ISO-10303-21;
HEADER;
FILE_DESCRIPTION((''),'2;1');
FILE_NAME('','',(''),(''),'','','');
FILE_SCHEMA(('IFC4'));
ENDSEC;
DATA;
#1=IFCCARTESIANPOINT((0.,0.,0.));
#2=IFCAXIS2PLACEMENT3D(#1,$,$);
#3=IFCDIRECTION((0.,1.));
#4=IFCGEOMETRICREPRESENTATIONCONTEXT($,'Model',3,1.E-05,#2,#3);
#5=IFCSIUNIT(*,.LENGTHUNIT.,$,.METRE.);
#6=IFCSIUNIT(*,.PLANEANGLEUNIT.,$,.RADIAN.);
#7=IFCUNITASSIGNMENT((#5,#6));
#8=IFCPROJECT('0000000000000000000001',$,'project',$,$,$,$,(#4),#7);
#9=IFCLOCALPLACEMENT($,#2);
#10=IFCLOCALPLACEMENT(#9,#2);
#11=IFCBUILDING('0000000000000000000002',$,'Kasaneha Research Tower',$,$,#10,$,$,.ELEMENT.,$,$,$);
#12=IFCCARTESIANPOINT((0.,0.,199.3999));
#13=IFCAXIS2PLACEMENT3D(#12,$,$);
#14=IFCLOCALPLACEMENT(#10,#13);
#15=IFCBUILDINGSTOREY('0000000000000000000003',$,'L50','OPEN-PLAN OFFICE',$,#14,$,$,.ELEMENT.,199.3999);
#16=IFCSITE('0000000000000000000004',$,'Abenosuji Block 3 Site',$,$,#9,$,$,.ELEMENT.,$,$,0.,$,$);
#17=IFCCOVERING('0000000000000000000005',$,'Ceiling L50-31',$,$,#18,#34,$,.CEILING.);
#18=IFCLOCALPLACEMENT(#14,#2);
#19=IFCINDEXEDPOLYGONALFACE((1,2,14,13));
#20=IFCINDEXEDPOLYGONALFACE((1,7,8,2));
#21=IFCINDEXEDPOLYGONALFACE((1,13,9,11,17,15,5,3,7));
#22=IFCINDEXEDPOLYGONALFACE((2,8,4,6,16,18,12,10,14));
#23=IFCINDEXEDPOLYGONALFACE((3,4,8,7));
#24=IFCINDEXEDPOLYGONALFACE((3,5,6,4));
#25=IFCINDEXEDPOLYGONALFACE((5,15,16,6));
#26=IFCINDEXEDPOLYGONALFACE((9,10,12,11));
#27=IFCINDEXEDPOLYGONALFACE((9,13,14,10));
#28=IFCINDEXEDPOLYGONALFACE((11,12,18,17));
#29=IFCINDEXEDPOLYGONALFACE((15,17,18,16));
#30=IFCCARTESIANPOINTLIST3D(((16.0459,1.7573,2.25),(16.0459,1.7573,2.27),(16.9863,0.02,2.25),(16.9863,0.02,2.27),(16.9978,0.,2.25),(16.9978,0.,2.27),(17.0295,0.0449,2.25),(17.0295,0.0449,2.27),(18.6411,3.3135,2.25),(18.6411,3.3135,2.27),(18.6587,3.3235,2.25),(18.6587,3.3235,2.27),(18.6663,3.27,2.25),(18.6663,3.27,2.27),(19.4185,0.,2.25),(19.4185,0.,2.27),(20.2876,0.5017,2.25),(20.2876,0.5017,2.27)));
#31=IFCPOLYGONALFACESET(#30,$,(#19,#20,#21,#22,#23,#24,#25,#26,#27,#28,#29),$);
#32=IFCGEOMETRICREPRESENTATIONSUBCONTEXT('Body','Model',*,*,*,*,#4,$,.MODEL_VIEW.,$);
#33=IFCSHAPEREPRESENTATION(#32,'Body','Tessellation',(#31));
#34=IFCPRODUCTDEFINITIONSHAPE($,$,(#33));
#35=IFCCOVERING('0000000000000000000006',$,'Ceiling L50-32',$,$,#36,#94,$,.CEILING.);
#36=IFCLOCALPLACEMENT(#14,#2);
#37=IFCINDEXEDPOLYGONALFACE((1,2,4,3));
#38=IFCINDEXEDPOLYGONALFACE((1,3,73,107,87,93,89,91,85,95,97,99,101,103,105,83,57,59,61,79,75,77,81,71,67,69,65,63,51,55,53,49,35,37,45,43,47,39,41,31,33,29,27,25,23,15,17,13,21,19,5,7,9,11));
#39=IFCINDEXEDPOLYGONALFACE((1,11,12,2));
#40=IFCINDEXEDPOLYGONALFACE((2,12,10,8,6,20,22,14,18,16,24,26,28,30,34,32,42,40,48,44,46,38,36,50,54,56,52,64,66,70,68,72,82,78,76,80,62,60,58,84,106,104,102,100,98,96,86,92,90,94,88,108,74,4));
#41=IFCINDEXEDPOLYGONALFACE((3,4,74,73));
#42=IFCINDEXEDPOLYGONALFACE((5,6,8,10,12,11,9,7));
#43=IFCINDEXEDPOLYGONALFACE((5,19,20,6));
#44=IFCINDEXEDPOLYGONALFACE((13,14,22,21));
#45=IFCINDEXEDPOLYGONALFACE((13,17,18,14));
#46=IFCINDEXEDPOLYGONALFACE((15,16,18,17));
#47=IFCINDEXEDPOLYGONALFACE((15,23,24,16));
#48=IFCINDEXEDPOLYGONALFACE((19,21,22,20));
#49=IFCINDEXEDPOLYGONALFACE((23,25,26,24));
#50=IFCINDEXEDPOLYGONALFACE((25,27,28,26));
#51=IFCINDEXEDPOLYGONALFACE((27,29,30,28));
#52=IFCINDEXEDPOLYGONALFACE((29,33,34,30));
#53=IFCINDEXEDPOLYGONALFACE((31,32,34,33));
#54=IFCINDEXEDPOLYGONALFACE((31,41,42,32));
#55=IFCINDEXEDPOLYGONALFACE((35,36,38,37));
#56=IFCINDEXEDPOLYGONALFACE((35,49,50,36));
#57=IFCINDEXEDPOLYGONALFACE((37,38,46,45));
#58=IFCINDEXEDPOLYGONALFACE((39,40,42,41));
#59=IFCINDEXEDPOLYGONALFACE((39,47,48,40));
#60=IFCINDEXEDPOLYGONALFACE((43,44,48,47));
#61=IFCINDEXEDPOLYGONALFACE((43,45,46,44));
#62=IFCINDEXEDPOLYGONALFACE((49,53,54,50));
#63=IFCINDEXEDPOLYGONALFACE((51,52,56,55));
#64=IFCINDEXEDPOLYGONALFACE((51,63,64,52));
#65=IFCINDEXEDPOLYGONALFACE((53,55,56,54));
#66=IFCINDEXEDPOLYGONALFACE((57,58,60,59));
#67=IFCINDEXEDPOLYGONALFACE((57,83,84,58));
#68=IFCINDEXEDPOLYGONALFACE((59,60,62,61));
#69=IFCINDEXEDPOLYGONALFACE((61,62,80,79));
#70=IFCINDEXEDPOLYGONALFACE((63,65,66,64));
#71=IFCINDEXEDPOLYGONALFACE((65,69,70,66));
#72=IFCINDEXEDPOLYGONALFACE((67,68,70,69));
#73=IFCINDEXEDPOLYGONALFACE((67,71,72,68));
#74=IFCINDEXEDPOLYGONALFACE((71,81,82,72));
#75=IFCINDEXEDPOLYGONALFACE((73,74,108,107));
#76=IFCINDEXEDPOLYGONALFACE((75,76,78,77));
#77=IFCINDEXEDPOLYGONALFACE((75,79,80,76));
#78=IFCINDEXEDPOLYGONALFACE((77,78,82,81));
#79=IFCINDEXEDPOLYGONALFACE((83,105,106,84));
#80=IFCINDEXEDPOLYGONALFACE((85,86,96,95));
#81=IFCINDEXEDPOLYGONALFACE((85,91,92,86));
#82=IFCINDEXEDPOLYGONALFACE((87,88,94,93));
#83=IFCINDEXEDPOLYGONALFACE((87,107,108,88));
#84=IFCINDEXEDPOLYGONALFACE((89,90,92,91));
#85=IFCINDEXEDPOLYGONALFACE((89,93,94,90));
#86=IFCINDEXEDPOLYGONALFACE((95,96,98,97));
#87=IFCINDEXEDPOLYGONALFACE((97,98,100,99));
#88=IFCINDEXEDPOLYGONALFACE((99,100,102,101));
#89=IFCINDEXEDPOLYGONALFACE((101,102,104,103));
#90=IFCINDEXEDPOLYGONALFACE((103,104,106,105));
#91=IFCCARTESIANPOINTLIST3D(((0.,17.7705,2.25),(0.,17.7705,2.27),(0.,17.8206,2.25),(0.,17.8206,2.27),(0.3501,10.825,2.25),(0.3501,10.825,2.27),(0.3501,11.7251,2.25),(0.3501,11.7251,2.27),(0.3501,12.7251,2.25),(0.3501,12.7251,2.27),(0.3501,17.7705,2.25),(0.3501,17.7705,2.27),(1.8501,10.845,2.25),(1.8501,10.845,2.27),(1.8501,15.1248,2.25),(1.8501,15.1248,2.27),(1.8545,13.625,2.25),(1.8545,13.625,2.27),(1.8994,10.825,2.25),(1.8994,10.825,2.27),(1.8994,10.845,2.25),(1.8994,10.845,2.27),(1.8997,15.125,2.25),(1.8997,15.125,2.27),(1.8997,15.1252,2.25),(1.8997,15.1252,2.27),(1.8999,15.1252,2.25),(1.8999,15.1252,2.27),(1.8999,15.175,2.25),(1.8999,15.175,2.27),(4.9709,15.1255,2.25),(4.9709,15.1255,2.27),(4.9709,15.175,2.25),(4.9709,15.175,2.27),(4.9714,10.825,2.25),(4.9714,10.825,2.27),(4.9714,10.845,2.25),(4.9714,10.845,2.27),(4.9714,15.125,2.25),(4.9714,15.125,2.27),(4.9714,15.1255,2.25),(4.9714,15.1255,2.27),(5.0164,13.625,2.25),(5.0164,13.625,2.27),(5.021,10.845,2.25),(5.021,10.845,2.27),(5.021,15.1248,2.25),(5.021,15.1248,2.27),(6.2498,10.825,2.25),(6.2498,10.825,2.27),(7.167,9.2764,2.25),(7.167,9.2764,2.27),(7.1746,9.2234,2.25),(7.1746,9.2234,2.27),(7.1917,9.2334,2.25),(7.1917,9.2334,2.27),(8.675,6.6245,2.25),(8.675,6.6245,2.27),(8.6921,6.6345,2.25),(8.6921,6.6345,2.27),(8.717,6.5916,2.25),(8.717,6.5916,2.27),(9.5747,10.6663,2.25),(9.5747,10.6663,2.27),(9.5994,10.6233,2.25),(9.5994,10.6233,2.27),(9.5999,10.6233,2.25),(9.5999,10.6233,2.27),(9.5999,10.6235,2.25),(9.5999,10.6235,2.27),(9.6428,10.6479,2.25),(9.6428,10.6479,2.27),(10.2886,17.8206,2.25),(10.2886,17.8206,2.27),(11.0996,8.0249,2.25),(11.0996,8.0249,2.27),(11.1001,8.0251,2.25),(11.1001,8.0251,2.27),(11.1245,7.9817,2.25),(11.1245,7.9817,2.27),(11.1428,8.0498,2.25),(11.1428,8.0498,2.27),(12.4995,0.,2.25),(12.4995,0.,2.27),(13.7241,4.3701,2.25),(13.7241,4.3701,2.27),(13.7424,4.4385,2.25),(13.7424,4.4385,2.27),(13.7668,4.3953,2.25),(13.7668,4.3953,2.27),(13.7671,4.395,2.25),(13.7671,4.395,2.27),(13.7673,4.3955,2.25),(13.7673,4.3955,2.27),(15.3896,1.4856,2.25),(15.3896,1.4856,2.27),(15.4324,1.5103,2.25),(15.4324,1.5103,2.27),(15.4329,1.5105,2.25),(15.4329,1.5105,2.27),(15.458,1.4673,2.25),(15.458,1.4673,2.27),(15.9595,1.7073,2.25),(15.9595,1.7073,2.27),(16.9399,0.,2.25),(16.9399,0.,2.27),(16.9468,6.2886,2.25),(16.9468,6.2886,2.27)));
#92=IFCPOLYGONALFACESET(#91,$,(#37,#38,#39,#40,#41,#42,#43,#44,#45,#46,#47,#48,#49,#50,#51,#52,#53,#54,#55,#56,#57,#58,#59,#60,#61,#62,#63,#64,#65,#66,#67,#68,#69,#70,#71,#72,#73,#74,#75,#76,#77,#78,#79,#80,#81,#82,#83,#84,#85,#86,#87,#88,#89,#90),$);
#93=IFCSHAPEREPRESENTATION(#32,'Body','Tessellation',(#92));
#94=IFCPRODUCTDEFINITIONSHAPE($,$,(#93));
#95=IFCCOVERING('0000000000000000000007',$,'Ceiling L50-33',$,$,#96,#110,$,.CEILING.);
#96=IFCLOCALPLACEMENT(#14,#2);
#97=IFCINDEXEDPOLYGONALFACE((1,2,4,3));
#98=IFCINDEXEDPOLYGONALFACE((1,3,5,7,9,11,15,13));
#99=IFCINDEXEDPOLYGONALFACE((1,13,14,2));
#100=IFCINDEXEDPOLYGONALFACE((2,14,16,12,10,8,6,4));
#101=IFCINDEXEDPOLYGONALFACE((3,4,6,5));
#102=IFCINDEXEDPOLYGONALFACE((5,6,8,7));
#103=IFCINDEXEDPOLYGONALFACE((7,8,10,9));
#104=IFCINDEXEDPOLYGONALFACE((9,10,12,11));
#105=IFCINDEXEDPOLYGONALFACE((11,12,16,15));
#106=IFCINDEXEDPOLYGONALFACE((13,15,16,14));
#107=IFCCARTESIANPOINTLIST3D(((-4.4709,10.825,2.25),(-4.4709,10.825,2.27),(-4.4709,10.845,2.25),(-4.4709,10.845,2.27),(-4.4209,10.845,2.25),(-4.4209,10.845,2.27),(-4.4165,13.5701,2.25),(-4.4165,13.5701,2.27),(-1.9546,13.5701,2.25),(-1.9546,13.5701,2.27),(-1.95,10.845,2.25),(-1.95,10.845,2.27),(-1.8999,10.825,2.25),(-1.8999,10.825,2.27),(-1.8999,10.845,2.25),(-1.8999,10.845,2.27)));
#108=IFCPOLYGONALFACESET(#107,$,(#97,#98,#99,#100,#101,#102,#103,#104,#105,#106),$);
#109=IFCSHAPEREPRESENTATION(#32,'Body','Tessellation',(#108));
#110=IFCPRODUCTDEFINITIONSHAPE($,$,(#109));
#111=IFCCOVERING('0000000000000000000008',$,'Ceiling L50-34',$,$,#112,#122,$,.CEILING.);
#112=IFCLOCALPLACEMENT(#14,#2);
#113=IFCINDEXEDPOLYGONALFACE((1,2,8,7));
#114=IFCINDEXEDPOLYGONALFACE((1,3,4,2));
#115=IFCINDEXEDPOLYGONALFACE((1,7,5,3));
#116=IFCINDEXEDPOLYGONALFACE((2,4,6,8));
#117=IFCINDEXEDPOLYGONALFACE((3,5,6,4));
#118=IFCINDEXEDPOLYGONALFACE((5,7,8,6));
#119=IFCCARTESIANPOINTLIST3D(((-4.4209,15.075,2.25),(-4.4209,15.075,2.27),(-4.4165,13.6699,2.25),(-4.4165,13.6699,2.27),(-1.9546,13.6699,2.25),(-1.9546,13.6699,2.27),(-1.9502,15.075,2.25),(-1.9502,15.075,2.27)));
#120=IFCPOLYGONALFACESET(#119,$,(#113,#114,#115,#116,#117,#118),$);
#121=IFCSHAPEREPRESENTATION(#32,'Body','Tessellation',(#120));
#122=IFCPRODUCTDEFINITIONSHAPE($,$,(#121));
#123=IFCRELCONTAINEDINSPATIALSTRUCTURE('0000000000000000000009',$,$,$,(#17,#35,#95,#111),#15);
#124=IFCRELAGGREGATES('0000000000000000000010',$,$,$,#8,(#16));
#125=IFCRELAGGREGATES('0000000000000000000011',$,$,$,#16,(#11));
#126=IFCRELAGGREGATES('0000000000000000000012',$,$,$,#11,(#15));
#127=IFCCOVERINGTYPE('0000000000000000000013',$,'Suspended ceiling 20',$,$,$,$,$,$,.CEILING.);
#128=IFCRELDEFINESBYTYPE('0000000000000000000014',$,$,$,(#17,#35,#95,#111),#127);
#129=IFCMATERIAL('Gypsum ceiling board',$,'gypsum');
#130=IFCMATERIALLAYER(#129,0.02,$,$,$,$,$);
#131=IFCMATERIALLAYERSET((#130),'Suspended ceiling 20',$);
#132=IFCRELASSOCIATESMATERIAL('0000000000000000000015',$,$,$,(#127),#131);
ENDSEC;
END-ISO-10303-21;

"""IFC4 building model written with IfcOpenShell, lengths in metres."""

from ifc_helpers import new_model, si_unit, direction, frame, origin, place, context, subcontext, project, spatial, polyline, outline, extrude, material, layer, layer_set, type_object, element, save


model = new_model("IFC4")

# Units and contexts
model_context = context("Model", 3, precision=1e-05, world=origin(), true_north=direction((0.0, 1.0)))
body_context = subcontext(model_context, "Body", "Model", "MODEL_VIEW")
ifc_project = project(units=[si_unit("LENGTHUNIT", "METRE"), si_unit("PLANEANGLEUNIT", "RADIAN")], contexts=[model_context])

# Site, building, storey
site_placement = place(None, origin())
site = spatial("IfcSite", under=ifc_project, at=site_placement, Name="Abenosuji Block 3 Site", CompositionType="ELEMENT", RefElevation=0.0)
building_placement = place(site_placement, origin())
building = spatial("IfcBuilding", under=site, at=building_placement, Name="Kasaneha Research Tower", CompositionType="ELEMENT")
storey_placement = place(building_placement, frame((0.0, 0.0, 199.3999)))
storey = spatial("IfcBuildingStorey", under=building, at=storey_placement, Name="L50", Description="OPEN-PLAN OFFICE", CompositionType="ELEMENT", Elevation=199.3999)

# Coverings
ifc_material_1 = material(Name="Gypsum ceiling board", Category="gypsum")
ifc_layer_1 = layer(ifc_material_1, 0.02)
ifc_layer_set_1 = layer_set([ifc_layer_1], Name="Suspended ceiling 20")
covering_type = type_object("IfcCoveringType", Name="Suspended ceiling 20", PredefinedType="CEILING", material=ifc_layer_set_1)
covering_1_placement = place(storey_placement, frame((0.0, 0.0, 2.25)))
element("IfcCovering", 1, at=covering_1_placement, inside=storey, type_object=covering_type, Name="Ceiling L50-31", PredefinedType="CEILING", context=body_context, shape_type="SweptSolid", body=[
    extrude(outline(polyline([(16.9978, 0.0), (16.9863, 0.02), (17.0295, 0.0449), (16.0459, 1.7573), (18.6663, 3.27), (18.6411, 3.3135), (18.6587, 3.3235), (20.2876, 0.5017), (19.4185, 0.0), (16.9978, 0.0)])), origin(), (0.0, 0.0, 1.0), 0.02),
])
covering_2_placement = place(storey_placement, frame((0.0, 0.0, 2.25)))
element("IfcCovering", 2, at=covering_2_placement, inside=storey, type_object=covering_type, Name="Ceiling L50-32", PredefinedType="CEILING", context=body_context, shape_type="SweptSolid", body=[
    extrude(outline(polyline([(8.6921, 6.6345), (8.717, 6.5916), (11.1245, 7.9817), (11.0996, 8.0249), (11.1001, 8.0251), (11.1001, 8.0251), (11.1428, 8.0498), (9.6428, 10.6479), (9.5999, 10.6233), (9.5999, 10.6235), (9.5994, 10.6233), (9.5747, 10.6663), (7.167, 9.2764), (7.1917, 9.2334), (7.1746, 9.2234), (6.2498, 10.825), (4.9714, 10.825), (4.9714, 10.845), (5.021, 10.845), (5.0164, 13.625), (5.021, 15.1248), (4.9714, 15.125), (4.9714, 15.1255), (4.9709, 15.1255), (4.9709, 15.175), (1.8999, 15.175), (1.8999, 15.1252), (1.8997, 15.1252), (1.8997, 15.125), (1.8501, 15.1248), (1.8545, 13.625), (1.8501, 10.845), (1.8994, 10.845), (1.8994, 10.825), (0.3501, 10.825), (0.3501, 11.7251), (0.3501, 12.7251), (0.3501, 17.7705), (0.3501, 17.7705), (0.0, 17.7705), (0.0, 17.8206), (10.2886, 17.8206), (16.9468, 6.2886), (13.7424, 4.4385), (13.7673, 4.3955), (13.7668, 4.3953), (13.7671, 4.395), (13.7241, 4.3701), (15.3896, 1.4856), (15.4324, 1.5103), (15.4324, 1.5103), (15.4329, 1.5105), (15.458, 1.4673), (15.9595, 1.7073), (16.9399, 0.0), (12.4995, 0.0), (8.675, 6.6245), (8.6921, 6.6345)])), origin(), (0.0, 0.0, 1.0), 0.02),
])
covering_3_placement = place(storey_placement, frame((0.0, 0.0, 2.25)))
element("IfcCovering", 3, at=covering_3_placement, inside=storey, type_object=covering_type, Name="Ceiling L50-33", PredefinedType="CEILING", context=body_context, shape_type="SweptSolid", body=[
    extrude(outline(polyline([(-4.4709, 10.825), (-4.4709, 10.845), (-4.4209, 10.845), (-4.4165, 13.5701), (-1.9546, 13.5701), (-1.95, 10.845), (-1.8999, 10.845), (-1.8999, 10.825), (-4.4709, 10.825)])), origin(), (0.0, 0.0, 1.0), 0.02),
])
covering_4_placement = place(storey_placement, frame((0.0, 0.0, 2.25)))
element("IfcCovering", 4, at=covering_4_placement, inside=storey, type_object=covering_type, Name="Ceiling L50-34", PredefinedType="CEILING", context=body_context, shape_type="SweptSolid", body=[
    extrude(outline(polyline([(-1.9546, 13.6699), (-4.4165, 13.6699), (-4.4209, 15.075), (-1.9502, 15.075), (-1.9546, 13.6699)])), origin(), (0.0, 0.0, 1.0), 0.02),
])

save(model, "model.ifc")
